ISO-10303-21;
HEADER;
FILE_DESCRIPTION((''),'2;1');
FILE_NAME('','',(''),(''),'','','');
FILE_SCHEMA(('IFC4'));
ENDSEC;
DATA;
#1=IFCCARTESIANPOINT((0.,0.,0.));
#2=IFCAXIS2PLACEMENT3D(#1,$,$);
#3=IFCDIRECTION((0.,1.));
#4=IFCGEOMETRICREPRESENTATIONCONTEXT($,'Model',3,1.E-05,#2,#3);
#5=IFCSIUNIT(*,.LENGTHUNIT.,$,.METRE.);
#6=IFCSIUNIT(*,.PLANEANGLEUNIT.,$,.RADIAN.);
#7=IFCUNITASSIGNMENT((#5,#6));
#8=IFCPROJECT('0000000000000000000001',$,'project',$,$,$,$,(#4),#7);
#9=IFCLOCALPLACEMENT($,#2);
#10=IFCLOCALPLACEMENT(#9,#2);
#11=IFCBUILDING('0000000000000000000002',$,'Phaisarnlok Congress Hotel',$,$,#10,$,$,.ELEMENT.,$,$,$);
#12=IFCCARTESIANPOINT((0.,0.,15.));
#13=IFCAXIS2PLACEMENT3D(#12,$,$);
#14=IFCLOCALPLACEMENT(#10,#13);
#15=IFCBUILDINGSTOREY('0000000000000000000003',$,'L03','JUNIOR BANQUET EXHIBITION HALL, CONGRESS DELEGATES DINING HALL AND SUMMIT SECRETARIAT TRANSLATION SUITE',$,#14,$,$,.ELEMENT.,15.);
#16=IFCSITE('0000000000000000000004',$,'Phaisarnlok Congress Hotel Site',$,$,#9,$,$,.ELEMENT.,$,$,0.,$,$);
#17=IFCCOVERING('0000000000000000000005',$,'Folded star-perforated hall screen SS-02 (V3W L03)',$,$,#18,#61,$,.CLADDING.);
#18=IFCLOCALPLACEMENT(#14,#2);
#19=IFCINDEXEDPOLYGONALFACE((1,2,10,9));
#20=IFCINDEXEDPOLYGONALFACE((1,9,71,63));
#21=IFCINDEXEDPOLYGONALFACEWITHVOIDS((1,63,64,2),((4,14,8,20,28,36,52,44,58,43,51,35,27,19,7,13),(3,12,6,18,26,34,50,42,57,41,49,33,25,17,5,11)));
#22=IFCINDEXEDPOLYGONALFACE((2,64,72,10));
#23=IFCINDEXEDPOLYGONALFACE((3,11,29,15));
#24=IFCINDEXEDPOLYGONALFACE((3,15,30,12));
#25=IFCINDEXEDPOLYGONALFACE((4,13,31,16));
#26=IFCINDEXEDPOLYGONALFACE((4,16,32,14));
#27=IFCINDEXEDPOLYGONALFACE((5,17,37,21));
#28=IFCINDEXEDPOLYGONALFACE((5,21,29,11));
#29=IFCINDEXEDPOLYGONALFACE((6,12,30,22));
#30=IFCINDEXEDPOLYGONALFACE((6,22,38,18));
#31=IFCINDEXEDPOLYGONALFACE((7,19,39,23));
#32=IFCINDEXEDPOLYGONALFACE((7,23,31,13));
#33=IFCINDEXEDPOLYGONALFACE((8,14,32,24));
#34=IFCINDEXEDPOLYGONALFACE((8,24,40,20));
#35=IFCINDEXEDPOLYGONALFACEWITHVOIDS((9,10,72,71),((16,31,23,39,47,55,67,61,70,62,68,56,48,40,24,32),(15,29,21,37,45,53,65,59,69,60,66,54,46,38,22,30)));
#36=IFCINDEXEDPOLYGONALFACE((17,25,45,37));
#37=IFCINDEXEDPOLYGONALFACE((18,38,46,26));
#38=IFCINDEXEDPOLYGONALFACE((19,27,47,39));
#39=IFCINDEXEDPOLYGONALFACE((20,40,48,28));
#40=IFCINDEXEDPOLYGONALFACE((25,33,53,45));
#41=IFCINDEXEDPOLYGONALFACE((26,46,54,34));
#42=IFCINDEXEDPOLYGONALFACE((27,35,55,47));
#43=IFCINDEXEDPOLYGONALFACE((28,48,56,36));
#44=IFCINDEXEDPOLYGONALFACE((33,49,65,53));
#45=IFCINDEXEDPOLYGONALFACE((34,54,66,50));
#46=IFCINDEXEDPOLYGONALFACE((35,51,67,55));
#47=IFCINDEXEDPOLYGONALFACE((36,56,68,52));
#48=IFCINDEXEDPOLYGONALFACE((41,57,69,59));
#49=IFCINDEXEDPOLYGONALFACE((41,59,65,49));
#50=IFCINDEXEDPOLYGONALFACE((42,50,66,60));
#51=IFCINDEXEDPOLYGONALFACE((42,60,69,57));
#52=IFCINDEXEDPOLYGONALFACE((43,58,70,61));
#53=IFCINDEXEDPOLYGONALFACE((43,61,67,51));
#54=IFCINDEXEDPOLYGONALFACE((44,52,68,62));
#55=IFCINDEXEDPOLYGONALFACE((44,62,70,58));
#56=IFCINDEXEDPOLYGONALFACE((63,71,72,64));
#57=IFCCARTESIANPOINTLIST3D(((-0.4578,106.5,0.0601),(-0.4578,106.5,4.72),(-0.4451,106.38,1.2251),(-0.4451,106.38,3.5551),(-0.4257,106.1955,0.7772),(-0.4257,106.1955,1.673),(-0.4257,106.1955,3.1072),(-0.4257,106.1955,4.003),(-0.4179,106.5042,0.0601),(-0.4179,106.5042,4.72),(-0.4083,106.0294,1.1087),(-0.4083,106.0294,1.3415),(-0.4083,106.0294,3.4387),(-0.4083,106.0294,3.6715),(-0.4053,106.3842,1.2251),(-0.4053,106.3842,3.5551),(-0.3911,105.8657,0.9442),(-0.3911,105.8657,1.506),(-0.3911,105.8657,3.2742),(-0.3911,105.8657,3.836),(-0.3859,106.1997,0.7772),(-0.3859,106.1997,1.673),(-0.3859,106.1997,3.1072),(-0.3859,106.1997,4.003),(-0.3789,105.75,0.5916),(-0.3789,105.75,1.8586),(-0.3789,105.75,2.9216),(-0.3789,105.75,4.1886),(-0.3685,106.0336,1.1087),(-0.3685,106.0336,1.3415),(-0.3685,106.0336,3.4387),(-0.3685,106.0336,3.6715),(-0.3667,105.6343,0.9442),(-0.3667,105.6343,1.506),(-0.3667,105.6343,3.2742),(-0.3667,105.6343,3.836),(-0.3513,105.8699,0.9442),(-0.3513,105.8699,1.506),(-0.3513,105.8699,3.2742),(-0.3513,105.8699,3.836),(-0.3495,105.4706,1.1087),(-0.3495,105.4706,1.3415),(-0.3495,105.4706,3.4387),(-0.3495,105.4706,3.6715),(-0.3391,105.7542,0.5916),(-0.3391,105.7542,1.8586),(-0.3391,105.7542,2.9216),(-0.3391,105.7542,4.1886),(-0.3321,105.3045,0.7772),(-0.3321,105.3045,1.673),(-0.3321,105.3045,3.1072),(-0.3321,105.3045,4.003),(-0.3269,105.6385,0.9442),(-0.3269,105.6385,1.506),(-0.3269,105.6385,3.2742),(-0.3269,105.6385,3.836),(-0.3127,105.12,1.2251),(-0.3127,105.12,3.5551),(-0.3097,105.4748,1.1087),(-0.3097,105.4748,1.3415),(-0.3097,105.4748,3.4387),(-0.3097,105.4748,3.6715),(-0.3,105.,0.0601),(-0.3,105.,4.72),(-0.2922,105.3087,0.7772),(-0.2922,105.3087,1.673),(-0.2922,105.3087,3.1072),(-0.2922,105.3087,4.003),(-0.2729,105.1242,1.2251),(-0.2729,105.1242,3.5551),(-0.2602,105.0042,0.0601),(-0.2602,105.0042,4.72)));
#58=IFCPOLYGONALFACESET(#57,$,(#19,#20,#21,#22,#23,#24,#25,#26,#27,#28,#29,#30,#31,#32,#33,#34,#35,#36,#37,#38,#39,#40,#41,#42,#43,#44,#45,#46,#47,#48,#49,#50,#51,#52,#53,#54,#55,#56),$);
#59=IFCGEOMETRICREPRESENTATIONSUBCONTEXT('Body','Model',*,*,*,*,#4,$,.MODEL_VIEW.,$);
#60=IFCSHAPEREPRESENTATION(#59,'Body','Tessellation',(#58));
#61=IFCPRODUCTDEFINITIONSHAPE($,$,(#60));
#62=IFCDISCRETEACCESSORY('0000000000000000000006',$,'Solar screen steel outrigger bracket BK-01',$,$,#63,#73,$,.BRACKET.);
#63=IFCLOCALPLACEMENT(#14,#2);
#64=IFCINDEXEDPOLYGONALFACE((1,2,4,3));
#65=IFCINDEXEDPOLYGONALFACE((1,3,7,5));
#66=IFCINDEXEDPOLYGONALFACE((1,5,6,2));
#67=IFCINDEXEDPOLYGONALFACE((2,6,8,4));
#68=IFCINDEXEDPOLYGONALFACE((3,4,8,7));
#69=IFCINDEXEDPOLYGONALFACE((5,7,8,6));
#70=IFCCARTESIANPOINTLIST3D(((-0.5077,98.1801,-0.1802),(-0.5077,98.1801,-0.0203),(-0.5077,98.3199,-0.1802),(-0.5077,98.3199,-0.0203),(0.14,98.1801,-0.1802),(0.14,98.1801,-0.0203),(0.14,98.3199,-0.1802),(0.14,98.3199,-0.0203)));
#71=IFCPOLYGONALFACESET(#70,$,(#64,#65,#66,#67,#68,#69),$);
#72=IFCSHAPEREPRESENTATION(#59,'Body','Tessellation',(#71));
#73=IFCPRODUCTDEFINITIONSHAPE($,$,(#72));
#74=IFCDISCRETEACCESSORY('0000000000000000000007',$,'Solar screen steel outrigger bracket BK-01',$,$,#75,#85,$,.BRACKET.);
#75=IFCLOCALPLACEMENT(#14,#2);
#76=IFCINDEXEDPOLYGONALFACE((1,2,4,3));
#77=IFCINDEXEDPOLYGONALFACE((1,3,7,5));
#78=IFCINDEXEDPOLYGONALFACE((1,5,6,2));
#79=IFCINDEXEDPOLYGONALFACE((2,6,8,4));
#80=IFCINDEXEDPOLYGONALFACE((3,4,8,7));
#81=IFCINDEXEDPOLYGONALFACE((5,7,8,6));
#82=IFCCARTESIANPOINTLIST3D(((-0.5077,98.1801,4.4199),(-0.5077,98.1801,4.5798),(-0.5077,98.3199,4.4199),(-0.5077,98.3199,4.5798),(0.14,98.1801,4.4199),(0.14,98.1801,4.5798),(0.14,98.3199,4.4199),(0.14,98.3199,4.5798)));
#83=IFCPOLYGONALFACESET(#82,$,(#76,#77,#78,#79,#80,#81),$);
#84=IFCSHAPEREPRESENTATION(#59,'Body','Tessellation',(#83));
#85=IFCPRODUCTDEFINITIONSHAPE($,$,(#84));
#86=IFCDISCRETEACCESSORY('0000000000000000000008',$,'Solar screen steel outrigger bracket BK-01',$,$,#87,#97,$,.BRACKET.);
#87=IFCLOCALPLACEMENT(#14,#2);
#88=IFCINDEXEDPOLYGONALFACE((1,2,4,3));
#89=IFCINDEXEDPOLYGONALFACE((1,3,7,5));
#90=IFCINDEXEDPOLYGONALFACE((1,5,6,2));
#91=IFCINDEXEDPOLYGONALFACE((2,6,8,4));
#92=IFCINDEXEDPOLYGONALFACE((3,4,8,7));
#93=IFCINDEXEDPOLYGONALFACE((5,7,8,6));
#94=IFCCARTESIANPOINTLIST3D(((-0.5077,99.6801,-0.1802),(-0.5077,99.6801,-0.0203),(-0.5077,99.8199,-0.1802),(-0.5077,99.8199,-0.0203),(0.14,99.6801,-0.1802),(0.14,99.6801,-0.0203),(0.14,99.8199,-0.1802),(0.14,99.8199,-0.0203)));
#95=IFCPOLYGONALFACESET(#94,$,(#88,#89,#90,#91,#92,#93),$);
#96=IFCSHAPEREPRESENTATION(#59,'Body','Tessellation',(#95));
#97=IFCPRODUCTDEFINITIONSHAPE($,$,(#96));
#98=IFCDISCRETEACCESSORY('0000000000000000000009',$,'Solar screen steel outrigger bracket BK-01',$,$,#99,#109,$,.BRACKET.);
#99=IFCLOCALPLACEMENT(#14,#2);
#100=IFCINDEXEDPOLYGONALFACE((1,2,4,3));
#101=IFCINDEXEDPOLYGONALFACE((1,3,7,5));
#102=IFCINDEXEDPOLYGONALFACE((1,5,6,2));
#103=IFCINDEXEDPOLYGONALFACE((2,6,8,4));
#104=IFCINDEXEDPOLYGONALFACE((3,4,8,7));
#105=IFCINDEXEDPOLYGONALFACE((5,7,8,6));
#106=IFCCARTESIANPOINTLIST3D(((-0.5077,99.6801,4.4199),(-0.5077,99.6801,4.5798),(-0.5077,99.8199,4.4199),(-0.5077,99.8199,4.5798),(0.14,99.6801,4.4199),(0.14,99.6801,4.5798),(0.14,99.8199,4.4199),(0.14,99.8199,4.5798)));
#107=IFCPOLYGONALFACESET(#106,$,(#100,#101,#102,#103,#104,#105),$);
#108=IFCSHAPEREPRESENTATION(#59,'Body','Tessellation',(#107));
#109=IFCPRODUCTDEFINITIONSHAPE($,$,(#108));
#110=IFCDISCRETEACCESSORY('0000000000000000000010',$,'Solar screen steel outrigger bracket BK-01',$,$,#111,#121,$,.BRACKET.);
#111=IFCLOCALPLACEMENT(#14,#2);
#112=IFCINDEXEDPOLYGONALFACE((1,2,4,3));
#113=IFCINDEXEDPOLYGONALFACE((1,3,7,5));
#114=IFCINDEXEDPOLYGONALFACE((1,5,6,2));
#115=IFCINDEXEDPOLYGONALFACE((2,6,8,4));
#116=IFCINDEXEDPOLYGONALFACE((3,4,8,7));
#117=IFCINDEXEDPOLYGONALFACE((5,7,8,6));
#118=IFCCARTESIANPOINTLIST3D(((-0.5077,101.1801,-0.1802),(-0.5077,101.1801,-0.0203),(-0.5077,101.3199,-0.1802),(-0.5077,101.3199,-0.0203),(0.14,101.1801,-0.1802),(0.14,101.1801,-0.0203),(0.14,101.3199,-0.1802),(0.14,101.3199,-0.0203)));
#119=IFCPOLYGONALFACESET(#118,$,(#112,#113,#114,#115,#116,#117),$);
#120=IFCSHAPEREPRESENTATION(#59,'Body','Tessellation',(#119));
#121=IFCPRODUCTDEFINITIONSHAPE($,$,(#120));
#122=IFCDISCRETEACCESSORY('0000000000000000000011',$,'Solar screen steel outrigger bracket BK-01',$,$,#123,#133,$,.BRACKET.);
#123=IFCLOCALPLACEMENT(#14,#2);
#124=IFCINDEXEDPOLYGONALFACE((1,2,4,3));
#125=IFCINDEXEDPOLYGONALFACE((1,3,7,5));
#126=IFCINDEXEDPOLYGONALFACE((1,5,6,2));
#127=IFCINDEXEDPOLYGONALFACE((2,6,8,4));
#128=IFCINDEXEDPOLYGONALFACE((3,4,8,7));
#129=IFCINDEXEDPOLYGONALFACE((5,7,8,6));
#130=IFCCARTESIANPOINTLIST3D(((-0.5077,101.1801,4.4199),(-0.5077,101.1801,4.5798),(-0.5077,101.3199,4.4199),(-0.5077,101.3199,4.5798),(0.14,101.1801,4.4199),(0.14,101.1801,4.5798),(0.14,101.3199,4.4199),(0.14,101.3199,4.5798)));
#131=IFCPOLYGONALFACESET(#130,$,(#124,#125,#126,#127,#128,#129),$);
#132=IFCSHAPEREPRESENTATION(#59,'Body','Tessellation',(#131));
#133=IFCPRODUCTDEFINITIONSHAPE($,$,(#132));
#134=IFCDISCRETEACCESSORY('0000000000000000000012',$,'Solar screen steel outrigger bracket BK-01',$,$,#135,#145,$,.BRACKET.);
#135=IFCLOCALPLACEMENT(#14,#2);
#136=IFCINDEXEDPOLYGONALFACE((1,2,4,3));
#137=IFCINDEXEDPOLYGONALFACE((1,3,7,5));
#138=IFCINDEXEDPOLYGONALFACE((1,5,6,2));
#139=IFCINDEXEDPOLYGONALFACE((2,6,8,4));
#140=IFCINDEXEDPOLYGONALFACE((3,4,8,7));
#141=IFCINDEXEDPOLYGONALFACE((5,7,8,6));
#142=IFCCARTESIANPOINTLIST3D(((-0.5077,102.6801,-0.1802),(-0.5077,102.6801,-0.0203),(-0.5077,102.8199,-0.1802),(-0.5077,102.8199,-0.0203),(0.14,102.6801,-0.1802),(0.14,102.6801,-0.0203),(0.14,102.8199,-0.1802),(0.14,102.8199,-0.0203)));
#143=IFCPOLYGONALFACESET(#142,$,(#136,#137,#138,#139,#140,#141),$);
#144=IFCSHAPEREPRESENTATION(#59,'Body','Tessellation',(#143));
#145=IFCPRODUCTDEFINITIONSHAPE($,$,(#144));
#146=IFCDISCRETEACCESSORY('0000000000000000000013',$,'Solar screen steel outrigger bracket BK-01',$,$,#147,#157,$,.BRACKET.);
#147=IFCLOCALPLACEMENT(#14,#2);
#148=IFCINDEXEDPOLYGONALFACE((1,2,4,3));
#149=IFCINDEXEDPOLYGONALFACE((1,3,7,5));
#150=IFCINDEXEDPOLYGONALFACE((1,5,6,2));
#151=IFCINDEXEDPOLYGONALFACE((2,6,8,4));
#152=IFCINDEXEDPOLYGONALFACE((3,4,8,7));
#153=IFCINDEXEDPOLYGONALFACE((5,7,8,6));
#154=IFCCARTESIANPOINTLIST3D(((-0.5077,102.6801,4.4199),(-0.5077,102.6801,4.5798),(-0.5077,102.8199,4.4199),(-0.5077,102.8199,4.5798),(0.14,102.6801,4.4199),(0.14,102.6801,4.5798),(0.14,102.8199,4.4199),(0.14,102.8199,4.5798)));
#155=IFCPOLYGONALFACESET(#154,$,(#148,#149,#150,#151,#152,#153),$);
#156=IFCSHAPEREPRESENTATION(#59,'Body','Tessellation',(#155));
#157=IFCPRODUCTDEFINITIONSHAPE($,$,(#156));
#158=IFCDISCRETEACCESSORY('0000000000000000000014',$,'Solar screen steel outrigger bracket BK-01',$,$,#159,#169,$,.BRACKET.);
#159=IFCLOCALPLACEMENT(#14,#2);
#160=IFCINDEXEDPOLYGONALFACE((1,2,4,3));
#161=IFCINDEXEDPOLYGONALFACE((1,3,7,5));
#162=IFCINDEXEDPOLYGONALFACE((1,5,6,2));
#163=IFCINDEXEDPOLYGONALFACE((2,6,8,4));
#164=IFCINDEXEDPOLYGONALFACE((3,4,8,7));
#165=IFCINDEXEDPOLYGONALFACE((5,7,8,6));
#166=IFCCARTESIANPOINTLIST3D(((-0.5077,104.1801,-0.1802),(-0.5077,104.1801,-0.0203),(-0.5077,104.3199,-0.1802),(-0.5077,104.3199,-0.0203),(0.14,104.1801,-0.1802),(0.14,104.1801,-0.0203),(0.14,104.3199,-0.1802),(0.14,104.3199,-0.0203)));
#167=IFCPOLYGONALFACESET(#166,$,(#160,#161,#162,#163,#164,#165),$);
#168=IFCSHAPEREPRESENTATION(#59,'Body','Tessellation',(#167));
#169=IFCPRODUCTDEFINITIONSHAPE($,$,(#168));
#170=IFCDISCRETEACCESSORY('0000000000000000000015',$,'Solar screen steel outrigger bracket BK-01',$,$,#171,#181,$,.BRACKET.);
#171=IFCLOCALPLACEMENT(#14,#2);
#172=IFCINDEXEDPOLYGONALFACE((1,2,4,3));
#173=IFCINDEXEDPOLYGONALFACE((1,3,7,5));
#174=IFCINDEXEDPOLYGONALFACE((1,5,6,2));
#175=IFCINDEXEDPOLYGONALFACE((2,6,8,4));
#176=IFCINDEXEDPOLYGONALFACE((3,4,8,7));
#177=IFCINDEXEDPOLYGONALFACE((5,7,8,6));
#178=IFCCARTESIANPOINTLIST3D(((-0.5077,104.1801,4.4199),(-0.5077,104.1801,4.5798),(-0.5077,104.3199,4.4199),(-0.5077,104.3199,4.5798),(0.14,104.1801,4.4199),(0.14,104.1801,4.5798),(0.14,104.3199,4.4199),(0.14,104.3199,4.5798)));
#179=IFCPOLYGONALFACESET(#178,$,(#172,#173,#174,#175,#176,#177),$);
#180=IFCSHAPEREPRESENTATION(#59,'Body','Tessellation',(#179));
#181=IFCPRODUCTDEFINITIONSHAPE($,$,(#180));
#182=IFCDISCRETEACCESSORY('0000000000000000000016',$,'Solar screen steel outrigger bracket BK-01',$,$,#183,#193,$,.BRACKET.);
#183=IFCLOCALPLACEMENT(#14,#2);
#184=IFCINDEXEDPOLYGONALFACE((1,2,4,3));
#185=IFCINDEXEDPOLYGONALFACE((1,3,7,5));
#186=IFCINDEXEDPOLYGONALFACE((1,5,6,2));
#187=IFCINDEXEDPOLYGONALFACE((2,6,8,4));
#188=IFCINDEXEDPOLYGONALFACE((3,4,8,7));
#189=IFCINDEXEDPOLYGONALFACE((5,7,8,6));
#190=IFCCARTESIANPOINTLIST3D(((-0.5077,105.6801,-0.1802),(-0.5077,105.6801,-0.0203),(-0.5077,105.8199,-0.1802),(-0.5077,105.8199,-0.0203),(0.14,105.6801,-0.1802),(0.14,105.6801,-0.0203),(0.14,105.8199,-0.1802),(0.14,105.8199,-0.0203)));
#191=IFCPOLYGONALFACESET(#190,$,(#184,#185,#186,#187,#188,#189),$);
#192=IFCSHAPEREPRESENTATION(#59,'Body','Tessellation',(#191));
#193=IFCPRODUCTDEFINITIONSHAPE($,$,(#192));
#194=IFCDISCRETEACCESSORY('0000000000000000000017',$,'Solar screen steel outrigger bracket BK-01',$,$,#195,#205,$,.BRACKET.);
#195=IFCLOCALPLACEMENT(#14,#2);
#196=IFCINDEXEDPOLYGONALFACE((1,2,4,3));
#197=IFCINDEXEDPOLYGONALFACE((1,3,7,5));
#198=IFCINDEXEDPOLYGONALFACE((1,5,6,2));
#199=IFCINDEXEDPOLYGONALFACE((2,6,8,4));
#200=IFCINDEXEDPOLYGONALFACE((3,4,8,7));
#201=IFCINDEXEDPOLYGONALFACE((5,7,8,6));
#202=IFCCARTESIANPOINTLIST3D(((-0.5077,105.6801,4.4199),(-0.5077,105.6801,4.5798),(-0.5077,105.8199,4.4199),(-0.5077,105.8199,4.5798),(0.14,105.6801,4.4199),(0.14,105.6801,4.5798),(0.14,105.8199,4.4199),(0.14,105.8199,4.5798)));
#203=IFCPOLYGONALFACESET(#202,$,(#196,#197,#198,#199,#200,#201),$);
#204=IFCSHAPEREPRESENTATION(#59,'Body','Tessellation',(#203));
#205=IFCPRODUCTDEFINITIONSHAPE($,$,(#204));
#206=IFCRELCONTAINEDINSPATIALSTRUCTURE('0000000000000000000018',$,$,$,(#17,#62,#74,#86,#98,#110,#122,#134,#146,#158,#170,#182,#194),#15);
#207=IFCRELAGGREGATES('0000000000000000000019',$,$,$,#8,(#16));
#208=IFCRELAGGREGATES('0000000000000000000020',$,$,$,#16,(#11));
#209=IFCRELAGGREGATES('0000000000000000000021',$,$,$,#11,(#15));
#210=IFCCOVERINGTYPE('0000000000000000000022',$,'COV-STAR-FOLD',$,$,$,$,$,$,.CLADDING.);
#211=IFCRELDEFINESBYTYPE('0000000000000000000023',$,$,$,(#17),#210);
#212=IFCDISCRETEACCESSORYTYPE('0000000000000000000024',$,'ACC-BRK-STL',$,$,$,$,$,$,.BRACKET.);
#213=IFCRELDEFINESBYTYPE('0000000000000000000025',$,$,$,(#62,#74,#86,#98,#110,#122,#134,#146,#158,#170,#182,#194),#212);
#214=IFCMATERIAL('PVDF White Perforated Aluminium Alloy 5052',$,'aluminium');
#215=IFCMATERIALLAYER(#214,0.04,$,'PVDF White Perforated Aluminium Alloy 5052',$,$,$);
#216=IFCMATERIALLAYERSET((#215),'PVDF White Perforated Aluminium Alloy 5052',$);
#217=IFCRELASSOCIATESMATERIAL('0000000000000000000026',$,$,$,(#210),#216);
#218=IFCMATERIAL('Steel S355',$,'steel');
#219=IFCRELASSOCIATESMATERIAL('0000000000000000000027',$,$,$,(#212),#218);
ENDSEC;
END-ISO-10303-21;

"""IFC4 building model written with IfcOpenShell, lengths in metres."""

from ifc_helpers import new_model, si_unit, direction, frame, origin, origin_2d, place, context, subcontext, project, spatial, polyline, rectangle, outline, extrude, material, layer, layer_set, type_object, element, save


model = new_model("IFC4")

# Units and contexts
model_context = context("Model", 3, precision=1e-05, world=origin(), true_north=direction((0.0, 1.0)))
body_context = subcontext(model_context, "Body", "Model", "MODEL_VIEW")
ifc_project = project(units=[si_unit("LENGTHUNIT", "METRE"), si_unit("PLANEANGLEUNIT", "RADIAN")], contexts=[model_context])

# Site, building, storey
site_placement = place(None, origin())
site = spatial("IfcSite", under=ifc_project, at=site_placement, Name="Phaisarnlok Congress Hotel Site", CompositionType="ELEMENT", RefElevation=0.0)
building_placement = place(site_placement, origin())
building = spatial("IfcBuilding", under=site, at=building_placement, Name="Phaisarnlok Congress Hotel", CompositionType="ELEMENT")
storey_placement = place(building_placement, frame((0.0, 0.0, 15.0)))
storey = spatial("IfcBuildingStorey", under=building, at=storey_placement, Name="L03", Description="JUNIOR BANQUET EXHIBITION HALL, CONGRESS DELEGATES DINING HALL AND SUMMIT SECRETARIAT TRANSLATION SUITE", CompositionType="ELEMENT", Elevation=15.0)

# Shared definitions
ifc_material_1 = material(Name="Steel S355", Category="steel")

# Covering
ifc_material_2 = material(Name="PVDF White Perforated Aluminium Alloy 5052", Category="aluminium")
ifc_layer_1 = layer(ifc_material_2, 0.04, Name="PVDF White Perforated Aluminium Alloy 5052")
ifc_layer_set_1 = layer_set([ifc_layer_1], Name="PVDF White Perforated Aluminium Alloy 5052")
covering_type = type_object("IfcCoveringType", Name="COV-STAR-FOLD", PredefinedType="CLADDING", material=ifc_layer_set_1)
for number, where, z_axis, x_axis, name in (
    (1, (-0.3, 105.0, 0.0601), (0.994518, 0.104567, 0.0), (-0.104567, 0.994518, 0.0), "Folded star-perforated hall screen SS-02 (V3W L03)"),
):
    element("IfcCovering", number, at=place(storey_placement, frame(where, z_axis=z_axis, x_axis=x_axis)), inside=storey, type_object=covering_type, Name=name, PredefinedType="CLADDING", context=body_context, shape_type="SweptSolid", body=[
        extrude(outline(polyline([(0.0, 0.0), (1.5083, 0.0), (1.5083, 4.6599), (0.0, 4.6599), (0.0, 0.0)]), holes=[polyline([(1.0351, 1.0486), (1.2021, 0.7171), (0.8705, 0.8841), (0.7541, 0.5315), (0.6378, 0.8841), (0.3062, 0.7171), (0.4732, 1.0486), (0.1207, 1.165), (0.4732, 1.2814), (0.3062, 1.6129), (0.6378, 1.4459), (0.7541, 1.7985), (0.8705, 1.4459), (1.2021, 1.6129), (1.0351, 1.2814), (1.3876, 1.165), (1.0351, 1.0486)]), polyline([(1.0351, 3.3786), (1.2021, 3.0471), (0.8705, 3.2141), (0.7541, 2.8615), (0.6378, 3.2141), (0.3062, 3.0471), (0.4732, 3.3786), (0.1207, 3.495), (0.4732, 3.6114), (0.3062, 3.9429), (0.6378, 3.7759), (0.7541, 4.1285), (0.8705, 3.7759), (1.2021, 3.9429), (1.0351, 3.6114), (1.3876, 3.495), (1.0351, 3.3786)])]), origin(), (0.0, 0.0, 1.0), 0.04),
    ])

# Discrete accessories
discrete_accessory_type = type_object("IfcDiscreteAccessoryType", Name="ACC-BRK-STL", PredefinedType="BRACKET", material=ifc_material_1)
for number, where, z_axis, x_axis, name in (
    (2, (-0.1838, 98.25, -0.1802), (0.0, 0.0, 1.0), (1.0, 0.0, 0.0), "Solar screen steel outrigger bracket BK-01"),
    (3, (-0.1838, 98.25, 4.4199), (0.0, 0.0, 1.0), (1.0, 0.0, 0.0), "Solar screen steel outrigger bracket BK-01"),
    (4, (-0.1838, 99.75, -0.1802), (0.0, 0.0, 1.0), (1.0, 0.0, 0.0), "Solar screen steel outrigger bracket BK-01"),
    (5, (-0.1838, 99.75, 4.4199), (0.0, 0.0, 1.0), (1.0, 0.0, 0.0), "Solar screen steel outrigger bracket BK-01"),
    (6, (-0.1838, 101.25, -0.1802), (0.0, 0.0, 1.0), (1.0, 0.0, 0.0), "Solar screen steel outrigger bracket BK-01"),
    (7, (-0.1838, 101.25, 4.4199), (0.0, 0.0, 1.0), (1.0, 0.0, 0.0), "Solar screen steel outrigger bracket BK-01"),
    (8, (-0.1838, 102.75, -0.1802), (0.0, 0.0, 1.0), (1.0, 0.0, 0.0), "Solar screen steel outrigger bracket BK-01"),
    (9, (-0.1838, 102.75, 4.4199), (0.0, 0.0, 1.0), (1.0, 0.0, 0.0), "Solar screen steel outrigger bracket BK-01"),
    (10, (-0.1838, 104.25, -0.1802), (0.0, 0.0, 1.0), (1.0, 0.0, 0.0), "Solar screen steel outrigger bracket BK-01"),
    (11, (-0.1838, 104.25, 4.4199), (0.0, 0.0, 1.0), (1.0, 0.0, 0.0), "Solar screen steel outrigger bracket BK-01"),
    (12, (-0.1838, 105.75, -0.1802), (0.0, 0.0, 1.0), (1.0, 0.0, 0.0), "Solar screen steel outrigger bracket BK-01"),
    (13, (-0.1838, 105.75, 4.4199), (0.0, 0.0, 1.0), (1.0, 0.0, 0.0), "Solar screen steel outrigger bracket BK-01"),
):
    element("IfcDiscreteAccessory", number, at=place(storey_placement, frame(where, z_axis=z_axis, x_axis=x_axis)), inside=storey, type_object=discrete_accessory_type, Name=name, PredefinedType="BRACKET", context=body_context, shape_type="SweptSolid", body=[
        extrude(rectangle(XDim=0.6477, YDim=0.1399, at=origin_2d()), origin(), (0.0, 0.0, 1.0), 0.1599),
    ])

save(model, "model.ifc")
